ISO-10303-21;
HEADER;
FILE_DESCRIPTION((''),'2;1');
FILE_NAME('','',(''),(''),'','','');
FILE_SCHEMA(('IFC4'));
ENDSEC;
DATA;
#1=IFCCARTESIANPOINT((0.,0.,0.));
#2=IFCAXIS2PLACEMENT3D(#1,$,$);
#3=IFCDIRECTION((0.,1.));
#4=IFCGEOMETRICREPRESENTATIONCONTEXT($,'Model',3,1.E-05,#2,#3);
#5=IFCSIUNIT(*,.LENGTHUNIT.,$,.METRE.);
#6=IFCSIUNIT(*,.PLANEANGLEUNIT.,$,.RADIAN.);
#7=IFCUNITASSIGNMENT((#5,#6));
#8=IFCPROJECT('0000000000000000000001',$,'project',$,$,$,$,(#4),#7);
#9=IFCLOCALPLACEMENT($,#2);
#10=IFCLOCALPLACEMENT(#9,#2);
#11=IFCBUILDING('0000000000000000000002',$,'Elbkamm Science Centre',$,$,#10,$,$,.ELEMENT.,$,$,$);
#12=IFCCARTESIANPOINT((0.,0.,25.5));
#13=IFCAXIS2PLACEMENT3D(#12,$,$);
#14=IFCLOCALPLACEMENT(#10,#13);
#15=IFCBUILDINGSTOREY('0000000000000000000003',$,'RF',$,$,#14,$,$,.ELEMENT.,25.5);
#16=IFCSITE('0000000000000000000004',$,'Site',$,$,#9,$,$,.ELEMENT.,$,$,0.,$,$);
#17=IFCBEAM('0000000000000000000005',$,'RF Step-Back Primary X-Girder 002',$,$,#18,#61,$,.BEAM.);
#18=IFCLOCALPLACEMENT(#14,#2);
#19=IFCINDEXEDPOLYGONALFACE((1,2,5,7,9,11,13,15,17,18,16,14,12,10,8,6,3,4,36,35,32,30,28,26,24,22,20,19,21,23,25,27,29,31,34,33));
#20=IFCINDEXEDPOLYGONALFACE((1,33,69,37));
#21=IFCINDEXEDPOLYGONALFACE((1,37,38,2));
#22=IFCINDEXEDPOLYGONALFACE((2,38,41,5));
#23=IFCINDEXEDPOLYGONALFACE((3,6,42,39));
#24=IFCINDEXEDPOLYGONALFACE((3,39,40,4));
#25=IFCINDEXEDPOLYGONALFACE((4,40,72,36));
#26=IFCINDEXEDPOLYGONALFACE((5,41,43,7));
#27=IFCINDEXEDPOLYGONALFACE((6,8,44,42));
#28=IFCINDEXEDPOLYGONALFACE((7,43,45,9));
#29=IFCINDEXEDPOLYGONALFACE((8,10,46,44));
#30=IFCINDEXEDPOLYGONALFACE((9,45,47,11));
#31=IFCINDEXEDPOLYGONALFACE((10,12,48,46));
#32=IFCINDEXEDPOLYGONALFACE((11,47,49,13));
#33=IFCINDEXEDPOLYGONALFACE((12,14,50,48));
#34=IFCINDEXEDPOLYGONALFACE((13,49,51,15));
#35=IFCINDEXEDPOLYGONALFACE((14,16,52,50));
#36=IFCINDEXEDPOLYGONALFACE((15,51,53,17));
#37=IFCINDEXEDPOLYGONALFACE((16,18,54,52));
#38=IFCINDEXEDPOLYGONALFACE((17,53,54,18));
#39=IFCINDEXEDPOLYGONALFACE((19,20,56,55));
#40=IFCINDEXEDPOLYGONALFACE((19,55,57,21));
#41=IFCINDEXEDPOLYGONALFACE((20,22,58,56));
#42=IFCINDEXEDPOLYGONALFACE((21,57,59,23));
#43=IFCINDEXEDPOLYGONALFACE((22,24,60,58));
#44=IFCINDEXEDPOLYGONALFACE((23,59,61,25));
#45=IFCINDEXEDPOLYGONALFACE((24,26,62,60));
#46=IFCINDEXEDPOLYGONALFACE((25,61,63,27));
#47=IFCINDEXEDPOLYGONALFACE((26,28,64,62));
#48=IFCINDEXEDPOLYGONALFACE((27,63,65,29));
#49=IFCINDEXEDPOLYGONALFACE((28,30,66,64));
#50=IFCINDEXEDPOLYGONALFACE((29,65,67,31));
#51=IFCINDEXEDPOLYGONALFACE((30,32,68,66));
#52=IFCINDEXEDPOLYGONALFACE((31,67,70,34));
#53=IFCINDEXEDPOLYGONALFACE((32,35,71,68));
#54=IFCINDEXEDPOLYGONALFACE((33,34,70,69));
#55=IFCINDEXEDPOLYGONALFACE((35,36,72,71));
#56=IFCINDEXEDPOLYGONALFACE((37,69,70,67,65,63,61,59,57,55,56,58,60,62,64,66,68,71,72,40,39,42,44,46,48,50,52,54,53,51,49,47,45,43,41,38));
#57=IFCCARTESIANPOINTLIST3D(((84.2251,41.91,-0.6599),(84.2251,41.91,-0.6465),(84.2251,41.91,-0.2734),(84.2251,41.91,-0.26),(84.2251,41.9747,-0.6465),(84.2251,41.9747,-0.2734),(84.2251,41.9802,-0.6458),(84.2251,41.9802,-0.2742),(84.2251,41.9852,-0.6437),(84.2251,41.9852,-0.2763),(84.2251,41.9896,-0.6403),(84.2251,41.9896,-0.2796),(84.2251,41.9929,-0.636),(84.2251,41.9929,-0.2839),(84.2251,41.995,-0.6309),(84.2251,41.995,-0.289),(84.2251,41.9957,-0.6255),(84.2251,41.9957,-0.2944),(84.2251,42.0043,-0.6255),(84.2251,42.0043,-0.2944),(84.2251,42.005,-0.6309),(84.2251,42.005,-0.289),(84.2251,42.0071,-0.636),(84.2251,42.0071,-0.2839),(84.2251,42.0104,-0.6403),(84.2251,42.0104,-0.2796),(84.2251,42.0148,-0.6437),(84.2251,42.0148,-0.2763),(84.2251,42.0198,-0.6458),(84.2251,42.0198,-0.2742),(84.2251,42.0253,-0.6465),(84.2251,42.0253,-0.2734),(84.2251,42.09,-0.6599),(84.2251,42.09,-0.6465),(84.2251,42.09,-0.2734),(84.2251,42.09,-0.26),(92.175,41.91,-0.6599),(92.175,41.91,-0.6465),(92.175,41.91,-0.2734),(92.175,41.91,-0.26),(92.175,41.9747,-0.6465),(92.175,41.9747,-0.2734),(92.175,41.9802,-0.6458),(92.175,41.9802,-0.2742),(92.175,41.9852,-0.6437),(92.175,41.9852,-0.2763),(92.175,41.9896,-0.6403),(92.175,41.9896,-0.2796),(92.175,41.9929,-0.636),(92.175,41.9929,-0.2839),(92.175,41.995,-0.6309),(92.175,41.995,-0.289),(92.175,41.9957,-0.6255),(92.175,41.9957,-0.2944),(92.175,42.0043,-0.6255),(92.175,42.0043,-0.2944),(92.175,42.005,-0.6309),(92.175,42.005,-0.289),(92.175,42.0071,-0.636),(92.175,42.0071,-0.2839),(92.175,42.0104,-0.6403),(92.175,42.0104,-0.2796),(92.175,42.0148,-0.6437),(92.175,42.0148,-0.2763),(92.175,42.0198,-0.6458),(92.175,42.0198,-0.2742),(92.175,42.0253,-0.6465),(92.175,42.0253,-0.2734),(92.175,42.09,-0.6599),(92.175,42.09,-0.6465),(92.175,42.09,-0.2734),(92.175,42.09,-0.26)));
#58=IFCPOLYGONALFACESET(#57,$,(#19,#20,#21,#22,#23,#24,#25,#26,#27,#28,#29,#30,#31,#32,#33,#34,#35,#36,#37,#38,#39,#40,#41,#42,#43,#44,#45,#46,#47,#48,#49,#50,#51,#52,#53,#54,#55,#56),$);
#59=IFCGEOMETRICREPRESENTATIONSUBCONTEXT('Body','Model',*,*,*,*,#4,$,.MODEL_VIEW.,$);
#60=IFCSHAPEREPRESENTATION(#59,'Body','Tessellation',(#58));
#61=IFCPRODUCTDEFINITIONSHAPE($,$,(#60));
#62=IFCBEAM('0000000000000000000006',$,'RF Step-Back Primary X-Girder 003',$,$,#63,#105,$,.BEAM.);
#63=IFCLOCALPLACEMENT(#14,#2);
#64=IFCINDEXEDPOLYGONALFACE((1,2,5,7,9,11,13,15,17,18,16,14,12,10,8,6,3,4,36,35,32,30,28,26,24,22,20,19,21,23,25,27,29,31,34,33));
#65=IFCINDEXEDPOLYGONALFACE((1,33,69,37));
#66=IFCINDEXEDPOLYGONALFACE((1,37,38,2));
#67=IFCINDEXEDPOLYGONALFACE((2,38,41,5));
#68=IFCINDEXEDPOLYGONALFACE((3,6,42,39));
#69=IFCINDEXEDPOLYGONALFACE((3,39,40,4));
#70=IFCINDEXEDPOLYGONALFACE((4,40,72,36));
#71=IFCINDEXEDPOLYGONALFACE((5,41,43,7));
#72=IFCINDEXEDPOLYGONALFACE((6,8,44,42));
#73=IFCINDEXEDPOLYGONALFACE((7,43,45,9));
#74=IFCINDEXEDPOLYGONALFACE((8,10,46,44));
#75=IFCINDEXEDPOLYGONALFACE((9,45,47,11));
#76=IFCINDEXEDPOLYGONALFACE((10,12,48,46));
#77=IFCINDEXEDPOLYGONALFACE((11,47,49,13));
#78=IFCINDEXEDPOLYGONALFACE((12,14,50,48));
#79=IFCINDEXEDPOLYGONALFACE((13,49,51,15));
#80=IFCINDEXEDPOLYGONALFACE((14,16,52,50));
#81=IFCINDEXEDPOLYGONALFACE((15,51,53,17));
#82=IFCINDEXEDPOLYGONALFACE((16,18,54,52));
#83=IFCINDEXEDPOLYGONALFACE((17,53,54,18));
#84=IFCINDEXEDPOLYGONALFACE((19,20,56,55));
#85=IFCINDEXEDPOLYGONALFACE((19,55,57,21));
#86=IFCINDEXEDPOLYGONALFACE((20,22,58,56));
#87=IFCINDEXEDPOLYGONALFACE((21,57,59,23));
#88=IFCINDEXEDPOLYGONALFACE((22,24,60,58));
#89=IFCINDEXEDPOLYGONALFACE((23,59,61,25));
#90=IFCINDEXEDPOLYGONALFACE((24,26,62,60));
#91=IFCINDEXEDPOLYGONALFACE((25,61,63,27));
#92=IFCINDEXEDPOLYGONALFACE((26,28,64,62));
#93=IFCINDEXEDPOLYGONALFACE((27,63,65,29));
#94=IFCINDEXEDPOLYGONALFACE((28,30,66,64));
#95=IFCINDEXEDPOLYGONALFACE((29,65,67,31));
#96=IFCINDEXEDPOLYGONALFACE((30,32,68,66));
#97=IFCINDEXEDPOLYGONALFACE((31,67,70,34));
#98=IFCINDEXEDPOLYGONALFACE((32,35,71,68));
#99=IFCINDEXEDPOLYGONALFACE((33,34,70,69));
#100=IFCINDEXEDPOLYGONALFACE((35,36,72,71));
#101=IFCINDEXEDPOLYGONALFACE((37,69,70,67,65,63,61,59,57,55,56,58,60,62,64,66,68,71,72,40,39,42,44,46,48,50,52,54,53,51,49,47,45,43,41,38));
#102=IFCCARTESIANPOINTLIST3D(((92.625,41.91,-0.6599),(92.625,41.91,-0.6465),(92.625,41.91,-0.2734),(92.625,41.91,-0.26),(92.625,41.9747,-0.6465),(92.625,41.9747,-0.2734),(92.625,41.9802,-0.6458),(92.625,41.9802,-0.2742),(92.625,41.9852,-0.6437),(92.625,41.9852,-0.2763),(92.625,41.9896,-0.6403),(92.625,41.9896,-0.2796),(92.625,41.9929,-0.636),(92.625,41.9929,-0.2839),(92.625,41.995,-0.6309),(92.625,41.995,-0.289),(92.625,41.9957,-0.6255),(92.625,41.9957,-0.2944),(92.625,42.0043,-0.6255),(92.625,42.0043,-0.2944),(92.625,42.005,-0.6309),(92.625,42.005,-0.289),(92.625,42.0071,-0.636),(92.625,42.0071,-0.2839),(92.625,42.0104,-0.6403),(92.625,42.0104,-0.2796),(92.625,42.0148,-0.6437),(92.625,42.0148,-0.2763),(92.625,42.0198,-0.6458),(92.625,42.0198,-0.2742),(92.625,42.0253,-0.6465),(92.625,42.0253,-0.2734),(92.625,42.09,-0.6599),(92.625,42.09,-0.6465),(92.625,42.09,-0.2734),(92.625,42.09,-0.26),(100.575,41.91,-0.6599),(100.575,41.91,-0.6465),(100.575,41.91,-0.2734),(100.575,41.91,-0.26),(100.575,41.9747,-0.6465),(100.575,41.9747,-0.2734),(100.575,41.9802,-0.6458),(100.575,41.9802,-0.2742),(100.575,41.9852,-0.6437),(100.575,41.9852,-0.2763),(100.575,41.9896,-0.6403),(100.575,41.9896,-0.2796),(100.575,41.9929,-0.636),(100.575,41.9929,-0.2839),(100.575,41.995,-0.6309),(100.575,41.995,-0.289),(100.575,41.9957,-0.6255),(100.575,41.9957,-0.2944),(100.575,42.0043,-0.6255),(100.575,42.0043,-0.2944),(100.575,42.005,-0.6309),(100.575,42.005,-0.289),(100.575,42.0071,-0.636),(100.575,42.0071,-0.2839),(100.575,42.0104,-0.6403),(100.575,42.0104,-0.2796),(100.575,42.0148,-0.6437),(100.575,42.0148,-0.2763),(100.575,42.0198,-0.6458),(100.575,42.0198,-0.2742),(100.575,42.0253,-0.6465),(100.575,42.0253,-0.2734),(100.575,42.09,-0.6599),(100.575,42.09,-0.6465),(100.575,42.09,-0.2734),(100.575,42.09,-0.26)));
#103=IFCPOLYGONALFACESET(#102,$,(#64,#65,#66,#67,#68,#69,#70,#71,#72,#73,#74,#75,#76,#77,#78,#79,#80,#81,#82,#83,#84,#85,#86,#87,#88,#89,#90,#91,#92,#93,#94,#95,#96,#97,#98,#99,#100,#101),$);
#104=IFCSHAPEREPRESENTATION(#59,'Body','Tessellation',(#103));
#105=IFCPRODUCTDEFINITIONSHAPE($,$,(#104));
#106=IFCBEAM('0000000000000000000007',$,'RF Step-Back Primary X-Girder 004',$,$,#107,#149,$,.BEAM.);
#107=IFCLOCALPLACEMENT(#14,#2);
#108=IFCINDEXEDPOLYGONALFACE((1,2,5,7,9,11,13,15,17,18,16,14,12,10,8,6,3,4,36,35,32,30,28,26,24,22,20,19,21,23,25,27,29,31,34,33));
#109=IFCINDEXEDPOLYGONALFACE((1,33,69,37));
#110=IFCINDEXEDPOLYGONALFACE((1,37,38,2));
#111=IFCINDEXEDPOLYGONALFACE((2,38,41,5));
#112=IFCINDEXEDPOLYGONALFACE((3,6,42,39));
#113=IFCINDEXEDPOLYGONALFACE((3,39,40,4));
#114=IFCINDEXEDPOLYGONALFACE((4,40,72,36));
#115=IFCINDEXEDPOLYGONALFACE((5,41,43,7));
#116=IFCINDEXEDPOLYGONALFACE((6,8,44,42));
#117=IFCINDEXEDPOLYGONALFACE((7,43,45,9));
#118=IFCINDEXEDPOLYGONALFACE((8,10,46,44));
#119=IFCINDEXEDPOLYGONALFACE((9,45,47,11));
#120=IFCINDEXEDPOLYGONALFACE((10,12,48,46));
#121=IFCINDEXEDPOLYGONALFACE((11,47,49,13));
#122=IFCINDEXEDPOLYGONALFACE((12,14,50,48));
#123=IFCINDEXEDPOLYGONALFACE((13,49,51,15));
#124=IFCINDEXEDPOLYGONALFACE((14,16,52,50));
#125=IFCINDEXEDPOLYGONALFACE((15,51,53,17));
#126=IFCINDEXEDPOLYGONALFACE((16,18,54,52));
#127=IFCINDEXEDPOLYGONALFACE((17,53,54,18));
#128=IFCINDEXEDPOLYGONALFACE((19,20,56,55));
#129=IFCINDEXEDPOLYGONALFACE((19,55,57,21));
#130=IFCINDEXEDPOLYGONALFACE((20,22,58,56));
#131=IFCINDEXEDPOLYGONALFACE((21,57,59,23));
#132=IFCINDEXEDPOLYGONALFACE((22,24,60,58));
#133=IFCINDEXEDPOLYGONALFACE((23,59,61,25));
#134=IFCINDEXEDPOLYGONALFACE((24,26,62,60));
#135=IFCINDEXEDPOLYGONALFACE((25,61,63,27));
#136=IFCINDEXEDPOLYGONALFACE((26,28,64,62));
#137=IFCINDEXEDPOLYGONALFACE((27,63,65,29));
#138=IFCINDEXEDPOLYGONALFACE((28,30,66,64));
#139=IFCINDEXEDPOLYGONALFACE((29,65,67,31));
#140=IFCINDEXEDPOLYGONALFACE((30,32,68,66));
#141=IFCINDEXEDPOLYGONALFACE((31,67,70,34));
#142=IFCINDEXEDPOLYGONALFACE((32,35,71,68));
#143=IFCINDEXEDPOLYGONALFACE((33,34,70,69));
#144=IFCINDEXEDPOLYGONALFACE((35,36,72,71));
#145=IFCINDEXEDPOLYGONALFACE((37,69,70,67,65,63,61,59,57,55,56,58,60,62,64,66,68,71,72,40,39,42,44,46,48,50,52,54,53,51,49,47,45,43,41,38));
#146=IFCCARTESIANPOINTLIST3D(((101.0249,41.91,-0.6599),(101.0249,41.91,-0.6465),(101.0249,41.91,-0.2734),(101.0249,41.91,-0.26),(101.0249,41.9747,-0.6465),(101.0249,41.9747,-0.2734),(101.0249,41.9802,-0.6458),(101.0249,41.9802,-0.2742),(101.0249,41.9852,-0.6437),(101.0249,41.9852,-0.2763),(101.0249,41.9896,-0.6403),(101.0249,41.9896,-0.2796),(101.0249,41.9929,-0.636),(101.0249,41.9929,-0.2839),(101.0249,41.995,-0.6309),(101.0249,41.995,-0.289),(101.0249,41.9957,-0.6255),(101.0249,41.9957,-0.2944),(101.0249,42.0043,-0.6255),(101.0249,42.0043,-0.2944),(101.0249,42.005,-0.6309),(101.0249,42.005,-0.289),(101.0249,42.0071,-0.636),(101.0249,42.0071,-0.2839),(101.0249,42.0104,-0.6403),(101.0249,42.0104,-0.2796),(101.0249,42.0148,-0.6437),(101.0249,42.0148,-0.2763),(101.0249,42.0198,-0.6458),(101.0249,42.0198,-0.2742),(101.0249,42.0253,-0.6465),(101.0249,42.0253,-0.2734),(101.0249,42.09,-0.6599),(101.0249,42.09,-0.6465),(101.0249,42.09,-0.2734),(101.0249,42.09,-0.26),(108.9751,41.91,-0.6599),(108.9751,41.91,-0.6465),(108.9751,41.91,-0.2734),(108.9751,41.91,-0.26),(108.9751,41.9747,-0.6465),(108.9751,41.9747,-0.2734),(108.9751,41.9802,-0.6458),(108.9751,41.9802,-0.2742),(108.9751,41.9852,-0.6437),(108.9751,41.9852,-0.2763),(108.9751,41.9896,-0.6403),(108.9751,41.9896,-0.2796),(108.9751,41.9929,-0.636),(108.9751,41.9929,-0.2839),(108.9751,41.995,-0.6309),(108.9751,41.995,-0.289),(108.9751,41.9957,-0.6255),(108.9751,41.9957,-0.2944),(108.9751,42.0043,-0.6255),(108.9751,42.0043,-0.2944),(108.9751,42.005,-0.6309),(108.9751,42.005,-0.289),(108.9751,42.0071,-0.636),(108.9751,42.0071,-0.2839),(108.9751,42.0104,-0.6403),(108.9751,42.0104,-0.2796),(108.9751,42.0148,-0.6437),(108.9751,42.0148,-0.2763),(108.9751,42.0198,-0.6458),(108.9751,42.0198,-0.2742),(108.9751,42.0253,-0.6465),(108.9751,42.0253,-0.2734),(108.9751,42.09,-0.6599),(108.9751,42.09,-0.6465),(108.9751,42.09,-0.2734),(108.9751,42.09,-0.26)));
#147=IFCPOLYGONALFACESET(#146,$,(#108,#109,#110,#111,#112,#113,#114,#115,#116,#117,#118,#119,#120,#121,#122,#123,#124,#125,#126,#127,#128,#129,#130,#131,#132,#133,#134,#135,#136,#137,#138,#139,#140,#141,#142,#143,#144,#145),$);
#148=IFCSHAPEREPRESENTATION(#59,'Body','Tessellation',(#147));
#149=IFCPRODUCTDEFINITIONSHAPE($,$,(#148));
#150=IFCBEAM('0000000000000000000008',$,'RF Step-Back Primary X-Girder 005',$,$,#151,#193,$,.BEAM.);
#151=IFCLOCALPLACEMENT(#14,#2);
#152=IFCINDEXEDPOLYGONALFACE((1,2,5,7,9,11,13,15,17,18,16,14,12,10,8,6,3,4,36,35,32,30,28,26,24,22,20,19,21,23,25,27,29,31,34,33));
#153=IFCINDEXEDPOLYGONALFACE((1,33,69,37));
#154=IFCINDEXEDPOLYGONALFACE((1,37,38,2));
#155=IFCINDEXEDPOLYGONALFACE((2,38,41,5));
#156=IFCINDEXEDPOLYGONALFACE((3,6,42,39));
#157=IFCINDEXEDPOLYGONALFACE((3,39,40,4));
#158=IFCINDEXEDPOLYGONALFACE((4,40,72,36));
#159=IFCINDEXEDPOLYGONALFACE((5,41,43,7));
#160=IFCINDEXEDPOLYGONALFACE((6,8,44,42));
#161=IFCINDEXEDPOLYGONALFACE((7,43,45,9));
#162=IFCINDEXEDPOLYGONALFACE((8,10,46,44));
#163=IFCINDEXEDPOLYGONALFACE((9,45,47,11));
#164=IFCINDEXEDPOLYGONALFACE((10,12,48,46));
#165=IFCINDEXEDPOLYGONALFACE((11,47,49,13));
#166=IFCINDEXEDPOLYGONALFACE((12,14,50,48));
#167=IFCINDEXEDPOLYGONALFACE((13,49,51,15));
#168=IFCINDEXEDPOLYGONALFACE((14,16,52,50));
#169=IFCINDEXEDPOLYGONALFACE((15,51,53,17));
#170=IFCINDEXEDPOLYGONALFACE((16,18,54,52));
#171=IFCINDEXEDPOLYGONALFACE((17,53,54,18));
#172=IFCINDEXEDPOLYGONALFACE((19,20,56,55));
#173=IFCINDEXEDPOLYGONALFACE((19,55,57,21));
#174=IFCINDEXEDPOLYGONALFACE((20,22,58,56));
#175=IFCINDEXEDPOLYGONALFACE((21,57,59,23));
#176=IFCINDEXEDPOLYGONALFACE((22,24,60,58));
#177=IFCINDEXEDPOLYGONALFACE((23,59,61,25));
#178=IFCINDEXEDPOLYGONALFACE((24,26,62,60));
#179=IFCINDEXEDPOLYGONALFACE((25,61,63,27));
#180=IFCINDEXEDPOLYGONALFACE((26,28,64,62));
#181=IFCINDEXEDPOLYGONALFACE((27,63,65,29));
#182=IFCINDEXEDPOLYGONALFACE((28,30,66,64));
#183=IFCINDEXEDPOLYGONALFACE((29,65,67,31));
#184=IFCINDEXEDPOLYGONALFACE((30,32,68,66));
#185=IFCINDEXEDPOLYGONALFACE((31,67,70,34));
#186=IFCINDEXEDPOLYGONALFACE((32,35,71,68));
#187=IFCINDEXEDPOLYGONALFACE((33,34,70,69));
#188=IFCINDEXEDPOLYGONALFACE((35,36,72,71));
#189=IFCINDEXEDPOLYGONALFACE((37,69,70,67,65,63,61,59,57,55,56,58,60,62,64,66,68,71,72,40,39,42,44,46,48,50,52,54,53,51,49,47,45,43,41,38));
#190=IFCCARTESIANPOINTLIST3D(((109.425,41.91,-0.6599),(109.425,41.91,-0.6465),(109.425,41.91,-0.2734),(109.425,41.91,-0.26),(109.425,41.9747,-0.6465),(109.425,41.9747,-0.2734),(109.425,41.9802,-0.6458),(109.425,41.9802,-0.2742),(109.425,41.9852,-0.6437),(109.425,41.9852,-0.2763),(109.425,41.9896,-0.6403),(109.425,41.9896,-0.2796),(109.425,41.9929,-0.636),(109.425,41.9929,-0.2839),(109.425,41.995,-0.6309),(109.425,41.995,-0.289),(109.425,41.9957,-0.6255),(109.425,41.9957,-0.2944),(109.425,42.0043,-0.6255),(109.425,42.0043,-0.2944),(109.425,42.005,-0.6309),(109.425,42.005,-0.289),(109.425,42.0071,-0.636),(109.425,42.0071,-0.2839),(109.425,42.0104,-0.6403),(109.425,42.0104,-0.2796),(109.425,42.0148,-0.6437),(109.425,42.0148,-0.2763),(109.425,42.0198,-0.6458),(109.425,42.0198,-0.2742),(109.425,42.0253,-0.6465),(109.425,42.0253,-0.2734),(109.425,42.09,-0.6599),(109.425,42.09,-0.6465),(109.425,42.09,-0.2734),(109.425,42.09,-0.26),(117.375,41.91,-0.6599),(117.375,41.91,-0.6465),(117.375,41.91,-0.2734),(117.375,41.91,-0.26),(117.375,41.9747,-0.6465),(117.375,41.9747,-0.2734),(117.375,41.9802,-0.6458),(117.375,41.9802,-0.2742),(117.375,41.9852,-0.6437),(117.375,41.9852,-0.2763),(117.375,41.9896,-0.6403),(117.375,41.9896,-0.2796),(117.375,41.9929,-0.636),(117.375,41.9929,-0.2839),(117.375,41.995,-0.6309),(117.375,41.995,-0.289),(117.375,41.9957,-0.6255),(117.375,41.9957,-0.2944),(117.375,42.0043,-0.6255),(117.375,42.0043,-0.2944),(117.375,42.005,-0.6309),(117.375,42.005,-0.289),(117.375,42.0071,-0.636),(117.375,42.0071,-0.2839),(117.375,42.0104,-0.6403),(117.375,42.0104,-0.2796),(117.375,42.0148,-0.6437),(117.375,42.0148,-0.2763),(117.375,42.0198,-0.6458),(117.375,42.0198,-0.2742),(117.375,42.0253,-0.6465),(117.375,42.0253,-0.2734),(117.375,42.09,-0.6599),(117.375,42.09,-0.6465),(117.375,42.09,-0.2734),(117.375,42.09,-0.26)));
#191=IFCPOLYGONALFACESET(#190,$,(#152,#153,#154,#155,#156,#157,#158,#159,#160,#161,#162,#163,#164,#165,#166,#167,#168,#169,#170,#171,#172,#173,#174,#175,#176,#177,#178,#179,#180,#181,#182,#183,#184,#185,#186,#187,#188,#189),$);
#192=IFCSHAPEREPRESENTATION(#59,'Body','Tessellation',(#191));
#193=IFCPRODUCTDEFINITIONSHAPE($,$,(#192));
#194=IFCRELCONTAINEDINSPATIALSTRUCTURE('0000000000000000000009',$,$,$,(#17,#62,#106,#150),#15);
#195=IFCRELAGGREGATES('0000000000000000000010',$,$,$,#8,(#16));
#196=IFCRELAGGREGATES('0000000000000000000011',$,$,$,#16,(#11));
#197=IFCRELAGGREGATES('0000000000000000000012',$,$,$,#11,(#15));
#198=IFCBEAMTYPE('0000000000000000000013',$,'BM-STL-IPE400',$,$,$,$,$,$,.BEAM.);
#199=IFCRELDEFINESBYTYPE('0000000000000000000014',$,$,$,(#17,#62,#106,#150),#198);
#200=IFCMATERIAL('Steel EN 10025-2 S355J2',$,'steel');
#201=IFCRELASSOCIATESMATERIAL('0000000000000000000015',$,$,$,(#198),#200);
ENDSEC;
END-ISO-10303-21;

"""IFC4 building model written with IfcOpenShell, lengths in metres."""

from ifc_helpers import new_model, si_unit, direction, frame, origin, origin_2d, place, context, subcontext, project, spatial, i_section, extrude, material, material_profile, profile_set, type_object, element, save


model = new_model("IFC4")

# Units and contexts
model_context = context("Model", 3, precision=1e-05, world=origin(), true_north=direction((0.0, 1.0)))
body_context = subcontext(model_context, "Body", "Model", "MODEL_VIEW")
ifc_project = project(units=[si_unit("LENGTHUNIT", "METRE"), si_unit("PLANEANGLEUNIT", "RADIAN")], contexts=[model_context])

# Site, building, storey
site_placement = place(None, origin())
site = spatial("IfcSite", under=ifc_project, at=site_placement, Name="Site", CompositionType="ELEMENT", RefElevation=0.0)
building_placement = place(site_placement, origin())
building = spatial("IfcBuilding", under=site, at=building_placement, Name="Elbkamm Science Centre", CompositionType="ELEMENT")
storey_placement = place(building_placement, frame((0.0, 0.0, 25.5)))
storey = spatial("IfcBuildingStorey", under=building, at=storey_placement, Name="RF", CompositionType="ELEMENT", Elevation=25.5)

# Beams
ifc_material_1 = material(Name="Steel EN 10025-2 S355J2", Category="steel")
ifc_material_profile_1 = material_profile(ifc_material_1, i_section(OverallWidth=0.1799, OverallDepth=0.3999, WebThickness=0.0085, FlangeThickness=0.0134, FilletRadius=0.021, at=origin_2d()), Name="IPE 400")
ifc_profile_set_1 = profile_set([ifc_material_profile_1], Name="Steel EN 10025-2 S355J2")
beam_type_1 = type_object("IfcBeamType", Name="BM-STL-IPE400", PredefinedType="BEAM", material=ifc_profile_set_1)
for number, where, z_axis, x_axis, name in (
    (1, (84.2251, 42.0, -0.46), (1.0, 0.0, 0.0), (0.0, 1.0, 0.0), "RF Step-Back Primary X-Girder 002"),
    (2, (92.625, 42.0, -0.46), (1.0, 0.0, 0.0), (0.0, 1.0, 0.0), "RF Step-Back Primary X-Girder 003"),
):
    element("IfcBeam", number, at=place(storey_placement, frame(where, z_axis=z_axis, x_axis=x_axis)), inside=storey, type_object=beam_type_1, Name=name, PredefinedType="BEAM", context=body_context, shape_type="SweptSolid", body=[
        extrude(i_section(OverallWidth=0.1799, OverallDepth=0.3999, WebThickness=0.0085, FlangeThickness=0.0134, FilletRadius=0.021, at=origin_2d()), origin(), (0.0, 0.0, 1.0), 7.95),
    ])
beam_1_placement = place(storey_placement, frame((101.0249, 42.0, -0.46), z_axis=(1.0, 0.0, 0.0), x_axis=(0.0, 1.0, 0.0)))
element("IfcBeam", 3, at=beam_1_placement, inside=storey, type_object=beam_type_1, Name="RF Step-Back Primary X-Girder 004", PredefinedType="BEAM", context=body_context, shape_type="SweptSolid", body=[
    extrude(i_section(OverallWidth=0.1799, OverallDepth=0.3999, WebThickness=0.0085, FlangeThickness=0.0134, FilletRadius=0.021, at=origin_2d()), origin(), (0.0, 0.0, 1.0), 7.9502),
])
beam_2_placement = place(storey_placement, frame((109.425, 42.0, -0.46), z_axis=(1.0, 0.0, 0.0), x_axis=(0.0, 1.0, 0.0)))
element("IfcBeam", 4, at=beam_2_placement, inside=storey, type_object=beam_type_1, Name="RF Step-Back Primary X-Girder 005", PredefinedType="BEAM", context=body_context, shape_type="SweptSolid", body=[
    extrude(i_section(OverallWidth=0.1799, OverallDepth=0.3999, WebThickness=0.0085, FlangeThickness=0.0134, FilletRadius=0.021, at=origin_2d()), origin(), (0.0, 0.0, 1.0), 7.95),
])

save(model, "model.ifc")
